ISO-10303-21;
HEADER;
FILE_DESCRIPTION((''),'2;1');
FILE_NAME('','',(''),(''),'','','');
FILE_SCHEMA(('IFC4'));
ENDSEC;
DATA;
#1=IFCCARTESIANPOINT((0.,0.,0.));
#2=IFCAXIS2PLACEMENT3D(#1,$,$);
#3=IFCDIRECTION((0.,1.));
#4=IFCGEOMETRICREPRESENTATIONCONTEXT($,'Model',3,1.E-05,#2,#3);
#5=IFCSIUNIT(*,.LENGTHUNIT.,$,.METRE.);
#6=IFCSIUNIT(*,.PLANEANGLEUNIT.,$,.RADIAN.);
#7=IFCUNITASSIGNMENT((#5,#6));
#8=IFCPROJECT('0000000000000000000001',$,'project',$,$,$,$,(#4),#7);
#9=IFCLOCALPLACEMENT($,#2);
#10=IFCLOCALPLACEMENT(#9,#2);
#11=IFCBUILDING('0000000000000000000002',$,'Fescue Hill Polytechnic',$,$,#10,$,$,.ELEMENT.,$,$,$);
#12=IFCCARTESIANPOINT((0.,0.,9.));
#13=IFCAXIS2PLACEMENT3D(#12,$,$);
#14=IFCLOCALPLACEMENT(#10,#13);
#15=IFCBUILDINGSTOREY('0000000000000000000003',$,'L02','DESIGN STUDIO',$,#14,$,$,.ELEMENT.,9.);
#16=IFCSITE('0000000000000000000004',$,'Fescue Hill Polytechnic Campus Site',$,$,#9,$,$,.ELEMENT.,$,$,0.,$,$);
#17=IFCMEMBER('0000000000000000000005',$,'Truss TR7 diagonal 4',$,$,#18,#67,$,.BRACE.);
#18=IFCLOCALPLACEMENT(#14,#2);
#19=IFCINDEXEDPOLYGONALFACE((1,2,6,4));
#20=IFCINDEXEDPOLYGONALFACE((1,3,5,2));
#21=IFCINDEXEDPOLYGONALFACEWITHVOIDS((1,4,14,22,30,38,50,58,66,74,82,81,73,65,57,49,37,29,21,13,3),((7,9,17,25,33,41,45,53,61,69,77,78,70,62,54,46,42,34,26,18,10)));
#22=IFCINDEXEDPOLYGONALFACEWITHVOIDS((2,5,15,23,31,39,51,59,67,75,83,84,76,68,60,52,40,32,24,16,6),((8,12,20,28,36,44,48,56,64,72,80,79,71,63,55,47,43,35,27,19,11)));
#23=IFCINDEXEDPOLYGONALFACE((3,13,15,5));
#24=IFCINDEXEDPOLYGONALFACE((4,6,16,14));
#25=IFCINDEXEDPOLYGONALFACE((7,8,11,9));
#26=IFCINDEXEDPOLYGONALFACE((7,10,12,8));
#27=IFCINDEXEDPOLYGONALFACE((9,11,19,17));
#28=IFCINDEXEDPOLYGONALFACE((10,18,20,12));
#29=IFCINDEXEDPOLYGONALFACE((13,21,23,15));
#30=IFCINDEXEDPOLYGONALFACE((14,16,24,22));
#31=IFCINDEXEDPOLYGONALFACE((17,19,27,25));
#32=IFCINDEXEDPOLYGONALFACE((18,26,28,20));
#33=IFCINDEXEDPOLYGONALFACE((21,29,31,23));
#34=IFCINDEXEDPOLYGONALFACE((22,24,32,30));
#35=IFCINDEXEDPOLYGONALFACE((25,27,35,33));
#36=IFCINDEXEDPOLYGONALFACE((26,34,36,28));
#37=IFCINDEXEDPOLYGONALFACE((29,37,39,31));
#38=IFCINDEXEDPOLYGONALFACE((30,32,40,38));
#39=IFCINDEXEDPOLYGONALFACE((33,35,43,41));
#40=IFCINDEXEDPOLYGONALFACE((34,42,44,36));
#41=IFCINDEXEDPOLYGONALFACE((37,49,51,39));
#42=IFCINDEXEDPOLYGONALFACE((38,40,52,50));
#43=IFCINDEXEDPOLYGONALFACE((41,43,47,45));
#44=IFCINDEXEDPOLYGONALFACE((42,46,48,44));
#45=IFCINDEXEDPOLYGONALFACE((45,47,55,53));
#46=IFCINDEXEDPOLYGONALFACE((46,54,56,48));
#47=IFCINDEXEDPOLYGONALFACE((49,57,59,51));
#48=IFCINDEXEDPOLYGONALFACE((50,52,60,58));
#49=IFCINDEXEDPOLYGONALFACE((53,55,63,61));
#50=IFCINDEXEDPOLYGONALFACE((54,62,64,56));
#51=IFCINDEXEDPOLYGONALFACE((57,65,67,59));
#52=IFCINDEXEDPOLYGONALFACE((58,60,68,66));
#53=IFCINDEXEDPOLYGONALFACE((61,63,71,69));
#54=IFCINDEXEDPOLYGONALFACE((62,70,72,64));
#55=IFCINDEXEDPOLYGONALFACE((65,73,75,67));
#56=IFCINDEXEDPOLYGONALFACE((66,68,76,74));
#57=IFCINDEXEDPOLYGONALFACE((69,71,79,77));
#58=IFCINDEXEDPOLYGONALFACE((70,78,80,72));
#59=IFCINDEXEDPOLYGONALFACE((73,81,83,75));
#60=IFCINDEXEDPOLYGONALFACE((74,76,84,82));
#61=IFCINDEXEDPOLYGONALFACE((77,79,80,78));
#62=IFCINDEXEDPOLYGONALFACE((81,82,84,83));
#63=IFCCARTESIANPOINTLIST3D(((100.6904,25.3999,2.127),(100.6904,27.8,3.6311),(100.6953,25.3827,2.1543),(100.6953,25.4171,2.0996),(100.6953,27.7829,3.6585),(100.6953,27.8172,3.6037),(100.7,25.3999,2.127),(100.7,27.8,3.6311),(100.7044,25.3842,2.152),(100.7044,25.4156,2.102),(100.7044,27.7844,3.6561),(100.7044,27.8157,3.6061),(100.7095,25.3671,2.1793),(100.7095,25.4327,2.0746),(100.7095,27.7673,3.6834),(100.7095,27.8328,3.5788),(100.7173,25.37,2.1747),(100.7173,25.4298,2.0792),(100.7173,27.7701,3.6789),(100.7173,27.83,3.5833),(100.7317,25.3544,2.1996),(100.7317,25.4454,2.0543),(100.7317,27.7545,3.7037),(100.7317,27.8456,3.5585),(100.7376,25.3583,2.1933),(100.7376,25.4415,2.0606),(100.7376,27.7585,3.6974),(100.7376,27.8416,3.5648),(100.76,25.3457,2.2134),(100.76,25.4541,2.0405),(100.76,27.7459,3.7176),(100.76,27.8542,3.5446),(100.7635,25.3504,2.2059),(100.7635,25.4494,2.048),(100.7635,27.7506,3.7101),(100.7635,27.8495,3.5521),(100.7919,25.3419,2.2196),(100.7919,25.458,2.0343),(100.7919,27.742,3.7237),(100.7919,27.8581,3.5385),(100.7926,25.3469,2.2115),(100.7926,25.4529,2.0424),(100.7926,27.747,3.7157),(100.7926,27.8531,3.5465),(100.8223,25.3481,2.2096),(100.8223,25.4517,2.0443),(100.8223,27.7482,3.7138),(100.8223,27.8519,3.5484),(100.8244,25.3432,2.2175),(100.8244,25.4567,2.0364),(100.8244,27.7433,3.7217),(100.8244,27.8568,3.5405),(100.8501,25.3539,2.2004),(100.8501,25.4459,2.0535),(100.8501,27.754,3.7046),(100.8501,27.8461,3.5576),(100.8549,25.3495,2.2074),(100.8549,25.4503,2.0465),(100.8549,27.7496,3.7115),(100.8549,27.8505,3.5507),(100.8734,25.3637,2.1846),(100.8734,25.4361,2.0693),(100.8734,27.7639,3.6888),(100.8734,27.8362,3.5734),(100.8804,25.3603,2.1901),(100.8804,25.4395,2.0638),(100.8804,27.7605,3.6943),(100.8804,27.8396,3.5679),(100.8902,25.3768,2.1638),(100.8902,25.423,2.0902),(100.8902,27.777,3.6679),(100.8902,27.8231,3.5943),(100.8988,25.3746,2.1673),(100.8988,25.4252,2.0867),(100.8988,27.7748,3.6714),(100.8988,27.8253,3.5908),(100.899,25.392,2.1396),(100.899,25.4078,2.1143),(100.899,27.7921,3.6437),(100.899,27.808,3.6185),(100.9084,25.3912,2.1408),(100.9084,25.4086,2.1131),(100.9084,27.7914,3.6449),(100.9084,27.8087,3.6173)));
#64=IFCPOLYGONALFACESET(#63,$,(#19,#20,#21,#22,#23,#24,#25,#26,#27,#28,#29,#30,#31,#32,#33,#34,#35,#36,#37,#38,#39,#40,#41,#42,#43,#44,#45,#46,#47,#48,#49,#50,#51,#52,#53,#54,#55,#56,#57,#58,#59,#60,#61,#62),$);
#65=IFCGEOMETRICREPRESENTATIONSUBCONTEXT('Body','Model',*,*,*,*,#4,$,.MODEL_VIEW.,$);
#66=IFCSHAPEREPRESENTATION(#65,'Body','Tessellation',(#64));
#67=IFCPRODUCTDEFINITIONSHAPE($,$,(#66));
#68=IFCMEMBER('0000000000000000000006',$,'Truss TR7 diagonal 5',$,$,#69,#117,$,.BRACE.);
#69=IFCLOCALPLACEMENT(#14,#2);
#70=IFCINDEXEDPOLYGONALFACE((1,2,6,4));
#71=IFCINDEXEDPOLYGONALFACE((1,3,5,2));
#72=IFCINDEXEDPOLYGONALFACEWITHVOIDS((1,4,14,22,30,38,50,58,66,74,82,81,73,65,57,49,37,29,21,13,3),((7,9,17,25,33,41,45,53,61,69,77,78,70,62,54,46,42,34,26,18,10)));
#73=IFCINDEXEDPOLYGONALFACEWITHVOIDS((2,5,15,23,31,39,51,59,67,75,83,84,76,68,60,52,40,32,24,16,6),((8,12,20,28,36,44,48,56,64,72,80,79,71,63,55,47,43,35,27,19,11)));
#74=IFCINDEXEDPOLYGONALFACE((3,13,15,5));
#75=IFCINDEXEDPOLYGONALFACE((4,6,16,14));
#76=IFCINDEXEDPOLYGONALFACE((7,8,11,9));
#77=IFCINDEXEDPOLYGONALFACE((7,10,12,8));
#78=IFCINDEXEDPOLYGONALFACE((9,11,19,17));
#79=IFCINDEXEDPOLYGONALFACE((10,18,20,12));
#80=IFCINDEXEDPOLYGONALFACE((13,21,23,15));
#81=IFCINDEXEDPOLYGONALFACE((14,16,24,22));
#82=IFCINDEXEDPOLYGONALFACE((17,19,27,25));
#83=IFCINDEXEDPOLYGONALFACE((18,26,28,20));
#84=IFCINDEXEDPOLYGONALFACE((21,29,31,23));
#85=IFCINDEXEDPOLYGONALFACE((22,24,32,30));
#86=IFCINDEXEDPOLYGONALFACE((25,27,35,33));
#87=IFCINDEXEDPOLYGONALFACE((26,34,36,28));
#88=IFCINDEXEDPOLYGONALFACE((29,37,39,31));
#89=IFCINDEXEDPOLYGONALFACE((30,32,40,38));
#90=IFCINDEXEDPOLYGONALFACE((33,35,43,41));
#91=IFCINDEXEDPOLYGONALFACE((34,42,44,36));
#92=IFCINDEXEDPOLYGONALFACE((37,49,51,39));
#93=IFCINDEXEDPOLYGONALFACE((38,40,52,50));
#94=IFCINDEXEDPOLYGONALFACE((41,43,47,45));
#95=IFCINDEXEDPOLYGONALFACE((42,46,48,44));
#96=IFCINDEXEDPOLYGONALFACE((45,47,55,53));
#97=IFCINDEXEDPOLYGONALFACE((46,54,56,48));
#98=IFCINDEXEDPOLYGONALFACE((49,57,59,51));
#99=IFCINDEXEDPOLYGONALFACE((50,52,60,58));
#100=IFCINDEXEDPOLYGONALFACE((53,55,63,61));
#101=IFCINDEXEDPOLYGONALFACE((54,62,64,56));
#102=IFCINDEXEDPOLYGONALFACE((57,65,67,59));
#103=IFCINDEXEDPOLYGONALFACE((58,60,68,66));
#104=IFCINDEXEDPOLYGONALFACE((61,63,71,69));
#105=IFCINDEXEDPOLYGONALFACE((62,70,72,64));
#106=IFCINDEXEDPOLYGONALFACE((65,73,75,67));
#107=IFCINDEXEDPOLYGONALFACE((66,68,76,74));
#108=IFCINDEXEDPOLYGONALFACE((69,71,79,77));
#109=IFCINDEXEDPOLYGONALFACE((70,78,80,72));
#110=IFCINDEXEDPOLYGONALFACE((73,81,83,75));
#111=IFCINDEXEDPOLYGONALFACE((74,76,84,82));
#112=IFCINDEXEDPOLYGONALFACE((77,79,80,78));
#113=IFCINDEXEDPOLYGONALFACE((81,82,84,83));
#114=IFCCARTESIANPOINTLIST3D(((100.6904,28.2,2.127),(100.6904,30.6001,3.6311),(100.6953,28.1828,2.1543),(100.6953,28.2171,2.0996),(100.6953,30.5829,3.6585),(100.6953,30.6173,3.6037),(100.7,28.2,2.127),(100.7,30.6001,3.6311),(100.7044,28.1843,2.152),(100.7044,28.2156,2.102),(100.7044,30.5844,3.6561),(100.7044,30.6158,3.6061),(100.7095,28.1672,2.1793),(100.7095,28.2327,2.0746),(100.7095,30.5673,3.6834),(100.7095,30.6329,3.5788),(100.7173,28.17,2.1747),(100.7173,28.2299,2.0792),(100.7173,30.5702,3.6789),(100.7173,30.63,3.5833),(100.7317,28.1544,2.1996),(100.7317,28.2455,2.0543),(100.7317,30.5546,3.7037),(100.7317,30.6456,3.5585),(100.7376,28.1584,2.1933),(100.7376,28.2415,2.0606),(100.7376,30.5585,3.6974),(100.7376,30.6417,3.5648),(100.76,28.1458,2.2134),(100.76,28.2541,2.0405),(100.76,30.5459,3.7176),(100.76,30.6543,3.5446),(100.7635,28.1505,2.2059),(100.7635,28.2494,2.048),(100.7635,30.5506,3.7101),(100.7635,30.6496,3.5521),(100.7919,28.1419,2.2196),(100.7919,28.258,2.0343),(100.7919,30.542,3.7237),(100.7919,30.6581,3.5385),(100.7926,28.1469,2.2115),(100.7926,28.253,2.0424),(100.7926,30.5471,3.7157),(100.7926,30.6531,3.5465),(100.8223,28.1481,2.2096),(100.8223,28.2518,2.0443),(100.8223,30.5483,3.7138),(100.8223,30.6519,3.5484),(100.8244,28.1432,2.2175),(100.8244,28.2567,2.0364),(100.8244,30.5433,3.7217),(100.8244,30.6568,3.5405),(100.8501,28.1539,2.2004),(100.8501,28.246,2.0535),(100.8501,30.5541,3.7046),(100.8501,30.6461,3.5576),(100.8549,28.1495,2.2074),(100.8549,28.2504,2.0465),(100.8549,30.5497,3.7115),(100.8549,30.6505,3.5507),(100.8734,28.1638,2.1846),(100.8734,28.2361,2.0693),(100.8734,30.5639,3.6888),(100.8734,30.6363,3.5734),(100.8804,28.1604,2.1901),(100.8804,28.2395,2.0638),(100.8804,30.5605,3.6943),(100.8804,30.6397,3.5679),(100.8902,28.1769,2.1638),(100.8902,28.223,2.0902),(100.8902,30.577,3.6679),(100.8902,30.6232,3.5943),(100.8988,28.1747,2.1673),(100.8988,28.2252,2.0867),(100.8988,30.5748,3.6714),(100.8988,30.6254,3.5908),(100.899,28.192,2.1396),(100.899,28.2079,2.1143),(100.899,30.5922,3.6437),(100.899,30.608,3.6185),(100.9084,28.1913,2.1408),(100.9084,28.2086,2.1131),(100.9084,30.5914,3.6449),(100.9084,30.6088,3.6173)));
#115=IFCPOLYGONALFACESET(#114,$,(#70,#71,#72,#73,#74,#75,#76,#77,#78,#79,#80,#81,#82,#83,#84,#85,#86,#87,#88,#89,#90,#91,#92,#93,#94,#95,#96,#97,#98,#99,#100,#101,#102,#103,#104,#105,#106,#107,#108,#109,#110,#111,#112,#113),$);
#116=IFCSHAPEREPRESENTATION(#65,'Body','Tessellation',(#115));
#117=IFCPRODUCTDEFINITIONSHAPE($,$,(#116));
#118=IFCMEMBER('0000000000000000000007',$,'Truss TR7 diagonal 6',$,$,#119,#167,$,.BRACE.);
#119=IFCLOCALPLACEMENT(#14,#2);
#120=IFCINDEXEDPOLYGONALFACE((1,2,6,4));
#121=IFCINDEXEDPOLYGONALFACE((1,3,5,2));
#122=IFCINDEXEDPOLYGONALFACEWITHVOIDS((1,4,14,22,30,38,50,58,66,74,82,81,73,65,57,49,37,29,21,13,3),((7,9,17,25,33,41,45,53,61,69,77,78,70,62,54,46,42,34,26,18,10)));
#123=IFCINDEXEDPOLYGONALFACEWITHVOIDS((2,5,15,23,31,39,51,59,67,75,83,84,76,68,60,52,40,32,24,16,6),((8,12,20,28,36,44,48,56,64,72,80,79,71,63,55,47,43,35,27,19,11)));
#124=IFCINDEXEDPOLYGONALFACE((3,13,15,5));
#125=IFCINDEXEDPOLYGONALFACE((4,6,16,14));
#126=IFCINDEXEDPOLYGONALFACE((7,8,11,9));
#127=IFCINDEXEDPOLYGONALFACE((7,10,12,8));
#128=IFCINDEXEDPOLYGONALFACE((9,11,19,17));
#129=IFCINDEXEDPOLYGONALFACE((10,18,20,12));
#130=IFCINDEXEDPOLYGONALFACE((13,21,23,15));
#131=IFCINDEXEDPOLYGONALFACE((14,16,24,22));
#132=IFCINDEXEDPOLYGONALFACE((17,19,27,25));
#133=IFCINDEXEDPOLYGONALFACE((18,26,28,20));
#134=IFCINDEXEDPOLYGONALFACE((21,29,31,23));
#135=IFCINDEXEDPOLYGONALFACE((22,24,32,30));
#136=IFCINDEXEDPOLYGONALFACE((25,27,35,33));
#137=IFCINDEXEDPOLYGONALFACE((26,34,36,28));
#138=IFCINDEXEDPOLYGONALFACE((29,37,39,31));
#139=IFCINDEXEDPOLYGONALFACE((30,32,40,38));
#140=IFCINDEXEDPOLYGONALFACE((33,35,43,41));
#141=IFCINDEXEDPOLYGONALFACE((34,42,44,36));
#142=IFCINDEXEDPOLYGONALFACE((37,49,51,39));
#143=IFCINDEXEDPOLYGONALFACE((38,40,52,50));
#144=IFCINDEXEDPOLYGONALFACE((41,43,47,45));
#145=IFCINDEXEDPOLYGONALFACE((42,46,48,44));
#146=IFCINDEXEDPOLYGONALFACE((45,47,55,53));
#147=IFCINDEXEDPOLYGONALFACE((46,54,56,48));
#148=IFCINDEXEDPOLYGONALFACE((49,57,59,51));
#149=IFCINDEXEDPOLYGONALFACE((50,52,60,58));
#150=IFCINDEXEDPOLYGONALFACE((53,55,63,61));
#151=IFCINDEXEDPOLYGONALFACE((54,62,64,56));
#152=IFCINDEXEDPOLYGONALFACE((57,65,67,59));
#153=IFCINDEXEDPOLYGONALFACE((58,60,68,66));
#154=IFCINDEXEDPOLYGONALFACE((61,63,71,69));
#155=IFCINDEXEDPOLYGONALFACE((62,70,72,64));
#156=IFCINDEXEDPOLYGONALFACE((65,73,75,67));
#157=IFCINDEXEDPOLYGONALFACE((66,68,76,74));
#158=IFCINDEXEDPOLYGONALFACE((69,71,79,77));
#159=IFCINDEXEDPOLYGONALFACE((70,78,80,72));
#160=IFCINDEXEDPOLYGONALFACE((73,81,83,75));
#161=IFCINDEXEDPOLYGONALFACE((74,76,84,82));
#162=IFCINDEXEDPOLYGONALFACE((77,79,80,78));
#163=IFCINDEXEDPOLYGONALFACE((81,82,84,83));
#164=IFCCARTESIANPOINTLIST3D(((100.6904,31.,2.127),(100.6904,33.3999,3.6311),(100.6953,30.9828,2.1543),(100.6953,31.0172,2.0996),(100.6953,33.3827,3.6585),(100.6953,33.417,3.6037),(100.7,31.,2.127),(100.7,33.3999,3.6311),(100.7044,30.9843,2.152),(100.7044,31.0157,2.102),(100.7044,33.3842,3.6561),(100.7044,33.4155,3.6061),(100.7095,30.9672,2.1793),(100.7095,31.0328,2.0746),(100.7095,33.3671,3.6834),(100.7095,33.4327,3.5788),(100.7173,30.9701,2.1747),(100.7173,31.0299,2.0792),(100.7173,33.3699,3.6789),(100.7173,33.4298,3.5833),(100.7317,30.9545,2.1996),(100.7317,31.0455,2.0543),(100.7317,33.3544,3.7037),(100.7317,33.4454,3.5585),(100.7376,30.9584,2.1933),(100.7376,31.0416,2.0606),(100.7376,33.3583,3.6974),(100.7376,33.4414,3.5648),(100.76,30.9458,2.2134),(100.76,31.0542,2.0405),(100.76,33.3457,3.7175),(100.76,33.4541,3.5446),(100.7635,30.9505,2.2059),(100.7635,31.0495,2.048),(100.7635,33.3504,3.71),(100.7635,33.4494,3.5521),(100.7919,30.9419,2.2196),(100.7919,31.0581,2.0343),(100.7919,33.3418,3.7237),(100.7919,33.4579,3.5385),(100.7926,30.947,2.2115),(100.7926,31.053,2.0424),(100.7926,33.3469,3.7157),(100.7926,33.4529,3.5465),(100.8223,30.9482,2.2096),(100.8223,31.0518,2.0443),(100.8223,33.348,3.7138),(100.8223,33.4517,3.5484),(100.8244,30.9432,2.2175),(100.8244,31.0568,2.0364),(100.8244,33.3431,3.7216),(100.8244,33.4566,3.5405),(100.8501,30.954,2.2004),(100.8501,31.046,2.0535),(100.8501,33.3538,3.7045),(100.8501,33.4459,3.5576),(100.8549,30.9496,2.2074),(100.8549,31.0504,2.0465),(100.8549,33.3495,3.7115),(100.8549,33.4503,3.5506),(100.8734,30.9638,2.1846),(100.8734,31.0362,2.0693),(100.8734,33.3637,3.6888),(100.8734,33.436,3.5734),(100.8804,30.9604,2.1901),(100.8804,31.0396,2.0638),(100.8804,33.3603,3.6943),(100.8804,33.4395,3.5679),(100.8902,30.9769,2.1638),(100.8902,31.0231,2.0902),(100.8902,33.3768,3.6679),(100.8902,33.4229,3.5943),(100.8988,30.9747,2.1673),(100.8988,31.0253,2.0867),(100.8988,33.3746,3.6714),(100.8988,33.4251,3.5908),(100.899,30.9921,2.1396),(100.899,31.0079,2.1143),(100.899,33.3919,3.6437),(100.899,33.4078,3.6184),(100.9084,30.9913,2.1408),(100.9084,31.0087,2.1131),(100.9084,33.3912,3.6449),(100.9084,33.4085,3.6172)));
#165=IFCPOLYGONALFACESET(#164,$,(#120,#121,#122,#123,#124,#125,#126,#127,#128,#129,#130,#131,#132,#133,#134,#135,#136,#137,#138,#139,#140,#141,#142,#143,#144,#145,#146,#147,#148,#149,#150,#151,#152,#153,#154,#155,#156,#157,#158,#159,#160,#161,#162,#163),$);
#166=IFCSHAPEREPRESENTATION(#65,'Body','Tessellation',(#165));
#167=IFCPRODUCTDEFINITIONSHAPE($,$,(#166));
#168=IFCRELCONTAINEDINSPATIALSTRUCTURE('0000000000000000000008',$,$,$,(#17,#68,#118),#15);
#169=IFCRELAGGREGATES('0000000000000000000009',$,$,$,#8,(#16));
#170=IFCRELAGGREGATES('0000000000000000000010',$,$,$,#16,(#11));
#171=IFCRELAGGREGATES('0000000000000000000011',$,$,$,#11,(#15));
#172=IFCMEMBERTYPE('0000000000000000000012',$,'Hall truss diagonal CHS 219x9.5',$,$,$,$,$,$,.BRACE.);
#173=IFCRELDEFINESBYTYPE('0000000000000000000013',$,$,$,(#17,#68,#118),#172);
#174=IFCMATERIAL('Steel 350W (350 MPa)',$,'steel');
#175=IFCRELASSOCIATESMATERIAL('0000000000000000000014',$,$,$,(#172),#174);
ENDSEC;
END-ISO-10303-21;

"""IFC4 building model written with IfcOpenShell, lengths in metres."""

from ifc_helpers import new_model, si_unit, direction, frame, origin, origin_2d, place, context, subcontext, project, spatial, hollow_circle, extrude, material, material_profile, profile_set, type_object, element, save


model = new_model("IFC4")

# Units and contexts
model_context = context("Model", 3, precision=1e-05, world=origin(), true_north=direction((0.0, 1.0)))
body_context = subcontext(model_context, "Body", "Model", "MODEL_VIEW")
ifc_project = project(units=[si_unit("LENGTHUNIT", "METRE"), si_unit("PLANEANGLEUNIT", "RADIAN")], contexts=[model_context])

# Site, building, storey
site_placement = place(None, origin())
site = spatial("IfcSite", under=ifc_project, at=site_placement, Name="Fescue Hill Polytechnic Campus Site", CompositionType="ELEMENT", RefElevation=0.0)
building_placement = place(site_placement, origin())
building = spatial("IfcBuilding", under=site, at=building_placement, Name="Fescue Hill Polytechnic", CompositionType="ELEMENT")
storey_placement = place(building_placement, frame((0.0, 0.0, 9.0)))
storey = spatial("IfcBuildingStorey", under=building, at=storey_placement, Name="L02", Description="DESIGN STUDIO", CompositionType="ELEMENT", Elevation=9.0)

# Members
ifc_material = material(Name="Steel 350W (350 MPa)", Category="steel")
ifc_material_profile_1 = material_profile(ifc_material, hollow_circle(Radius=0.1096, WallThickness=0.0095, at=origin_2d()), Name="Hall truss diagonal CHS 219x9.5")
ifc_profile_set_1 = profile_set([ifc_material_profile_1], Name="Steel 350W (350 MPa)")
member_type_1 = type_object("IfcMemberType", Name="Hall truss diagonal CHS 219x9.5", PredefinedType="BRACE", material=ifc_profile_set_1)
for number, where, z_axis, x_axis, name in (
    (1, (100.8, 25.3999, 2.127), (0.0, 0.847354, 0.531029), (-1.0, 0.0, 0.0), "Truss TR7 diagonal 4"),
    (2, (100.8, 28.2, 2.127), (0.0, 0.847354, 0.531029), (-1.0, 0.0, 0.0), "Truss TR7 diagonal 5"),
):
    element("IfcMember", number, at=place(storey_placement, frame(where, z_axis=z_axis, x_axis=x_axis)), inside=storey, type_object=member_type_1, Name=name, PredefinedType="BRACE", context=body_context, shape_type="SweptSolid", body=[
        extrude(hollow_circle(Radius=0.1096, WallThickness=0.0095, at=origin_2d()), origin(), (0.0, 0.0, 1.0), 2.8325),
    ])
for number, where, z_axis, x_axis, name in (
    (3, (100.8, 31.0, 2.127), (0.0, 0.847329, 0.531068), (-1.0, 0.0, 0.0), "Truss TR7 diagonal 6"),
):
    element("IfcMember", number, at=place(storey_placement, frame(where, z_axis=z_axis, x_axis=x_axis)), inside=storey, type_object=member_type_1, Name=name, PredefinedType="BRACE", context=body_context, shape_type="SweptSolid", body=[
        extrude(hollow_circle(Radius=0.1096, WallThickness=0.0095, at=origin_2d()), origin(), (0.0, 0.0, 1.0), 2.8323),
    ])

save(model, "model.ifc")
